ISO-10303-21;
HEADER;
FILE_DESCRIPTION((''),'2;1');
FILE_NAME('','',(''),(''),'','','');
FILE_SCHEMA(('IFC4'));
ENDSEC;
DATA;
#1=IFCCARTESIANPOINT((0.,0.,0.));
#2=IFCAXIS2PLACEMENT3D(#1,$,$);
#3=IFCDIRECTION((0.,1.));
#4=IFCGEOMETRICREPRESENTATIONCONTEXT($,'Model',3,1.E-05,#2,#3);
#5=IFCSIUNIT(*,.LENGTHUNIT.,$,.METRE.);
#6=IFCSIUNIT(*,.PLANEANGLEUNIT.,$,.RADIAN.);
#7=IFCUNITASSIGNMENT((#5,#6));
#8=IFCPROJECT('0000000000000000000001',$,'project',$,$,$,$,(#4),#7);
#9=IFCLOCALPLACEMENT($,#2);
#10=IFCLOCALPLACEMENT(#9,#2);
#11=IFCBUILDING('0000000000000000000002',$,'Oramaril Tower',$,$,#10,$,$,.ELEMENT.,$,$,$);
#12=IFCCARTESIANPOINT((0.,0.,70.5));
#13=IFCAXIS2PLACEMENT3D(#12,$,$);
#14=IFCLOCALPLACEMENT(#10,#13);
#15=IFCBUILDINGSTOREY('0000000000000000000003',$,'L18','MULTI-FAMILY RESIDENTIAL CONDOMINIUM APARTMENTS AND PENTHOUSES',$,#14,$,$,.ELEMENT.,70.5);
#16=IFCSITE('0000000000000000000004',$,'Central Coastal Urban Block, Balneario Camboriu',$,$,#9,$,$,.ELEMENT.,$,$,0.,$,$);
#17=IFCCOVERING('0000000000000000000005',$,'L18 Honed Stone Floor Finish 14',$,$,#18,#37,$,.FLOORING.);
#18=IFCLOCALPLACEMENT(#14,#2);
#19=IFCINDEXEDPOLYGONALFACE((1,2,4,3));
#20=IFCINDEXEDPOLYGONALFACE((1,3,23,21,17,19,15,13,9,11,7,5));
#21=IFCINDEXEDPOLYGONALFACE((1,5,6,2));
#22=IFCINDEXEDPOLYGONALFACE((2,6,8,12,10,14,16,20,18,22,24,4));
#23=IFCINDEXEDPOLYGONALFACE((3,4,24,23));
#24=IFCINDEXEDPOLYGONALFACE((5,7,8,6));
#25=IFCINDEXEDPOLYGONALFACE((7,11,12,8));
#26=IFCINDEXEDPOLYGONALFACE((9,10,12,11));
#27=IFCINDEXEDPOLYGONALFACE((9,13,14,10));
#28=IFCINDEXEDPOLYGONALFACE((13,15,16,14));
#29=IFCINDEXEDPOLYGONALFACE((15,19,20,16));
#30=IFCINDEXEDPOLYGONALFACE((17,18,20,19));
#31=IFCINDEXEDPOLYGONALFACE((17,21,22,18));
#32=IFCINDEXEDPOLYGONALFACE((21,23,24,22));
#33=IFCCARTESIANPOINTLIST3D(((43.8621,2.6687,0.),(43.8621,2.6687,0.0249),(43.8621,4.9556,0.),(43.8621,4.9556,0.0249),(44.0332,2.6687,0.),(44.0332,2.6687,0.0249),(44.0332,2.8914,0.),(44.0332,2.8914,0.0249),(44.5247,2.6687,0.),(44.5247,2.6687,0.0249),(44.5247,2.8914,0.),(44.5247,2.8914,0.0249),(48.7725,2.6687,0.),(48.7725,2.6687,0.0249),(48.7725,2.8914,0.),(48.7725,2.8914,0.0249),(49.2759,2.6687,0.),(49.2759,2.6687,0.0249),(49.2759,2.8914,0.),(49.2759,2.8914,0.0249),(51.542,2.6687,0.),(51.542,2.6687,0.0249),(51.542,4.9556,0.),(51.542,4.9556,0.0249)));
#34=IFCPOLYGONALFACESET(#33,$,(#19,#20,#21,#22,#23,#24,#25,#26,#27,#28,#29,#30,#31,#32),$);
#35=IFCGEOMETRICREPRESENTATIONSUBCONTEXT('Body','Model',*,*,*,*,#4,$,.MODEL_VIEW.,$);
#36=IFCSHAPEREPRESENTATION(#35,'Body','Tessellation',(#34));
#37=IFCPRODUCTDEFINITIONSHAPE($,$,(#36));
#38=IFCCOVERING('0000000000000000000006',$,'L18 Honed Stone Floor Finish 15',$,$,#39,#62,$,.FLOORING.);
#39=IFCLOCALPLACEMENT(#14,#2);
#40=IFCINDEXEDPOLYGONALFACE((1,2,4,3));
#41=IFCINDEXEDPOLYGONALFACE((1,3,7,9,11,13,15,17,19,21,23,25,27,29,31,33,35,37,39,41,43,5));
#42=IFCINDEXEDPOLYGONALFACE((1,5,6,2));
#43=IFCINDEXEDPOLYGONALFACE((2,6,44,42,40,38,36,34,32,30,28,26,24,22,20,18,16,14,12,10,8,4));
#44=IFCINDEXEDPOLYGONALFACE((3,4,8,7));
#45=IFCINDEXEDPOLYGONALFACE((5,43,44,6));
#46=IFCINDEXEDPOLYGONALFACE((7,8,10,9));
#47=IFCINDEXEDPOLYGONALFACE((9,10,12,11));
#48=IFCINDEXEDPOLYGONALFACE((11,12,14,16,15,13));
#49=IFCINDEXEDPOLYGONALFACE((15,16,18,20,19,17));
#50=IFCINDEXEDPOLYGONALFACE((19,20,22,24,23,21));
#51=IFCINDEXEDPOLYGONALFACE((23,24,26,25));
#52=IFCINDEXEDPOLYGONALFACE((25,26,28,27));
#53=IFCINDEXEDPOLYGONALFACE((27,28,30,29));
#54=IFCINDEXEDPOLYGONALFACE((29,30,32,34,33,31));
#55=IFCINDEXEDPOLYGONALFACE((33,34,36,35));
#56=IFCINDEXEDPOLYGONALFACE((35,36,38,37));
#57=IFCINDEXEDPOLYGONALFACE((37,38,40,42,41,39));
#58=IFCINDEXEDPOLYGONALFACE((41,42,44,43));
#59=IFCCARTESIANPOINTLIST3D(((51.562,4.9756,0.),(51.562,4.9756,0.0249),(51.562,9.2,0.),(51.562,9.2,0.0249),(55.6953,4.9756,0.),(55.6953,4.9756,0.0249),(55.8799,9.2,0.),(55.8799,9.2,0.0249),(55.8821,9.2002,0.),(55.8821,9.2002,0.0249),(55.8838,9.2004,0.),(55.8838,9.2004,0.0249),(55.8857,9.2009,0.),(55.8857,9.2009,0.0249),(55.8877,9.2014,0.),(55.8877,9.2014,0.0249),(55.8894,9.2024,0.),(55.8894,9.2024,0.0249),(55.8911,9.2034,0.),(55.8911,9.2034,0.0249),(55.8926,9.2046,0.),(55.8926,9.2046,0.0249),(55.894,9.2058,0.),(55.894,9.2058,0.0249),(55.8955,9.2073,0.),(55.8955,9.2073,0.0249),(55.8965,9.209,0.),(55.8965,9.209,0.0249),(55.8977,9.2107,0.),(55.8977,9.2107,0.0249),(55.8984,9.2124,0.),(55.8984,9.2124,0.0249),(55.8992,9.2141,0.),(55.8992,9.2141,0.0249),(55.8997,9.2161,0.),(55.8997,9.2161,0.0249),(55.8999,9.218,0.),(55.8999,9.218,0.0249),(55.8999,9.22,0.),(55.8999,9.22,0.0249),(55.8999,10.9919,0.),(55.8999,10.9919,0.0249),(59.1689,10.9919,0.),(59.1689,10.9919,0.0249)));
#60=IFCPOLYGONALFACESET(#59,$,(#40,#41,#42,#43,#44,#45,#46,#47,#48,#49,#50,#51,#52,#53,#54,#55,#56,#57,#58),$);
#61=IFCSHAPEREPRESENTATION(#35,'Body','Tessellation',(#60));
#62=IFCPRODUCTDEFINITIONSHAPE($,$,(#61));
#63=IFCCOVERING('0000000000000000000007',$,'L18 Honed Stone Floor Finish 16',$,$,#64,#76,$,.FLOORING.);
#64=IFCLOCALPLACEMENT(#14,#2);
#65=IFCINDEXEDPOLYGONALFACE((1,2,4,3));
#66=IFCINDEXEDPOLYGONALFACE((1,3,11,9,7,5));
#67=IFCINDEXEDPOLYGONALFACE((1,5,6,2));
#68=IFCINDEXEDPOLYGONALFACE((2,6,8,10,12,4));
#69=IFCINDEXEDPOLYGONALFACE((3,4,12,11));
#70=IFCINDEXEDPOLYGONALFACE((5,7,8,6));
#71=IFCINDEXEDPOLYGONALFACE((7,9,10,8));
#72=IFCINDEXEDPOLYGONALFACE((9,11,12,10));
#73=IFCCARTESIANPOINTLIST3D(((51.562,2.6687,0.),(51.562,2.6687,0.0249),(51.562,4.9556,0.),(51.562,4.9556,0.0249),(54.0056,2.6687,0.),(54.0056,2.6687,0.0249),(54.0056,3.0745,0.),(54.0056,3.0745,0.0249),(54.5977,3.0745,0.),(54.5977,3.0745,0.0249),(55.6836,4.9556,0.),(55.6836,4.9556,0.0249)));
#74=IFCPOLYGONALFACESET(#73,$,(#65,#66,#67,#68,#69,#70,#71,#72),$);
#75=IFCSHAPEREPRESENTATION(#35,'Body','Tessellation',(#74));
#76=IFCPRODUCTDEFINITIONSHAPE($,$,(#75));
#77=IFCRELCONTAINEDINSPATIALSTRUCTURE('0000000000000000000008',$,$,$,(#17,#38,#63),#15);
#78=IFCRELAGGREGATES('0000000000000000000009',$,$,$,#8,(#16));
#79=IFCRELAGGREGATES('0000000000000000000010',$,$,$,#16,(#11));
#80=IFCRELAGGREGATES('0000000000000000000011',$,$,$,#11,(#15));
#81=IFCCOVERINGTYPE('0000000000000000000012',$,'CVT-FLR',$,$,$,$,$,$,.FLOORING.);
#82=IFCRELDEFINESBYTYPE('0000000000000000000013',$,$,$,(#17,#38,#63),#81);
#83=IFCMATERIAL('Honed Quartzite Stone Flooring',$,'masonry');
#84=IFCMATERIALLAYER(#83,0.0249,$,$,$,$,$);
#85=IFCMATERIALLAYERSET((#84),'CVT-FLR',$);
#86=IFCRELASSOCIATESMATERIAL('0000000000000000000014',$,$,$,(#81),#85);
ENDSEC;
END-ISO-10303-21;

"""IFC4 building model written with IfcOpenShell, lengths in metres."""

from ifc_helpers import new_model, si_unit, direction, frame, origin, place, context, subcontext, project, spatial, polyline, outline, extrude, material, layer, layer_set, type_object, element, save


model = new_model("IFC4")

# Units and contexts
model_context = context("Model", 3, precision=1e-05, world=origin(), true_north=direction((0.0, 1.0)))
body_context = subcontext(model_context, "Body", "Model", "MODEL_VIEW")
ifc_project = project(units=[si_unit("LENGTHUNIT", "METRE"), si_unit("PLANEANGLEUNIT", "RADIAN")], contexts=[model_context])

# Site, building, storey
site_placement = place(None, origin())
site = spatial("IfcSite", under=ifc_project, at=site_placement, Name="Central Coastal Urban Block, Balneario Camboriu", CompositionType="ELEMENT", RefElevation=0.0)
building_placement = place(site_placement, origin())
building = spatial("IfcBuilding", under=site, at=building_placement, Name="Oramaril Tower", CompositionType="ELEMENT")
storey_placement = place(building_placement, frame((0.0, 0.0, 70.5)))
storey = spatial("IfcBuildingStorey", under=building, at=storey_placement, Name="L18", Description="MULTI-FAMILY RESIDENTIAL CONDOMINIUM APARTMENTS AND PENTHOUSES", CompositionType="ELEMENT", Elevation=70.5)

# Coverings
ifc_material_1 = material(Name="Honed Quartzite Stone Flooring", Category="masonry")
ifc_layer_1 = layer(ifc_material_1, 0.0249)
ifc_layer_set_1 = layer_set([ifc_layer_1], Name="CVT-FLR")
covering_type_1 = type_object("IfcCoveringType", Name="CVT-FLR", PredefinedType="FLOORING", material=ifc_layer_set_1)
covering_1_placement = place(storey_placement, origin())
element("IfcCovering", 1, at=covering_1_placement, inside=storey, type_object=covering_type_1, Name="L18 Honed Stone Floor Finish 14", PredefinedType="FLOORING", context=body_context, shape_type="SweptSolid", body=[
    extrude(outline(polyline([(49.2759, 2.8914), (48.7725, 2.8914), (48.7725, 2.6687), (44.5247, 2.6687), (44.5247, 2.8914), (44.0332, 2.8914), (44.0332, 2.6687), (43.8621, 2.6687), (43.8621, 4.9556), (51.542, 4.9556), (51.542, 2.6687), (49.2759, 2.6687), (49.2759, 2.8914)])), origin(), (0.0, 0.0, 1.0), 0.0249),
])
covering_2_placement = place(storey_placement, origin())
element("IfcCovering", 2, at=covering_2_placement, inside=storey, type_object=covering_type_1, Name="L18 Honed Stone Floor Finish 15", PredefinedType="FLOORING", context=body_context, shape_type="SweptSolid", body=[
    extrude(outline(polyline([(59.1689, 10.9919), (55.6953, 4.9756), (51.562, 4.9756), (51.562, 9.2), (55.8799, 9.2), (55.8821, 9.2002), (55.8838, 9.2004), (55.8857, 9.2009), (55.8877, 9.2014), (55.8894, 9.2024), (55.8911, 9.2034), (55.8926, 9.2046), (55.894, 9.2058), (55.8955, 9.2073), (55.8965, 9.209), (55.8977, 9.2107), (55.8984, 9.2124), (55.8992, 9.2141), (55.8997, 9.2161), (55.8999, 9.218), (55.8999, 9.22), (55.8999, 10.9919), (59.1689, 10.9919)])), origin(), (0.0, 0.0, 1.0), 0.0249),
])
covering_3_placement = place(storey_placement, origin())
element("IfcCovering", 3, at=covering_3_placement, inside=storey, type_object=covering_type_1, Name="L18 Honed Stone Floor Finish 16", PredefinedType="FLOORING", context=body_context, shape_type="SweptSolid", body=[
    extrude(outline(polyline([(54.5977, 3.0745), (54.0056, 3.0745), (54.0056, 2.6687), (51.562, 2.6687), (51.562, 4.9556), (55.6836, 4.9556), (54.5977, 3.0745)])), origin(), (0.0, 0.0, 1.0), 0.0249),
])

save(model, "model.ifc")
